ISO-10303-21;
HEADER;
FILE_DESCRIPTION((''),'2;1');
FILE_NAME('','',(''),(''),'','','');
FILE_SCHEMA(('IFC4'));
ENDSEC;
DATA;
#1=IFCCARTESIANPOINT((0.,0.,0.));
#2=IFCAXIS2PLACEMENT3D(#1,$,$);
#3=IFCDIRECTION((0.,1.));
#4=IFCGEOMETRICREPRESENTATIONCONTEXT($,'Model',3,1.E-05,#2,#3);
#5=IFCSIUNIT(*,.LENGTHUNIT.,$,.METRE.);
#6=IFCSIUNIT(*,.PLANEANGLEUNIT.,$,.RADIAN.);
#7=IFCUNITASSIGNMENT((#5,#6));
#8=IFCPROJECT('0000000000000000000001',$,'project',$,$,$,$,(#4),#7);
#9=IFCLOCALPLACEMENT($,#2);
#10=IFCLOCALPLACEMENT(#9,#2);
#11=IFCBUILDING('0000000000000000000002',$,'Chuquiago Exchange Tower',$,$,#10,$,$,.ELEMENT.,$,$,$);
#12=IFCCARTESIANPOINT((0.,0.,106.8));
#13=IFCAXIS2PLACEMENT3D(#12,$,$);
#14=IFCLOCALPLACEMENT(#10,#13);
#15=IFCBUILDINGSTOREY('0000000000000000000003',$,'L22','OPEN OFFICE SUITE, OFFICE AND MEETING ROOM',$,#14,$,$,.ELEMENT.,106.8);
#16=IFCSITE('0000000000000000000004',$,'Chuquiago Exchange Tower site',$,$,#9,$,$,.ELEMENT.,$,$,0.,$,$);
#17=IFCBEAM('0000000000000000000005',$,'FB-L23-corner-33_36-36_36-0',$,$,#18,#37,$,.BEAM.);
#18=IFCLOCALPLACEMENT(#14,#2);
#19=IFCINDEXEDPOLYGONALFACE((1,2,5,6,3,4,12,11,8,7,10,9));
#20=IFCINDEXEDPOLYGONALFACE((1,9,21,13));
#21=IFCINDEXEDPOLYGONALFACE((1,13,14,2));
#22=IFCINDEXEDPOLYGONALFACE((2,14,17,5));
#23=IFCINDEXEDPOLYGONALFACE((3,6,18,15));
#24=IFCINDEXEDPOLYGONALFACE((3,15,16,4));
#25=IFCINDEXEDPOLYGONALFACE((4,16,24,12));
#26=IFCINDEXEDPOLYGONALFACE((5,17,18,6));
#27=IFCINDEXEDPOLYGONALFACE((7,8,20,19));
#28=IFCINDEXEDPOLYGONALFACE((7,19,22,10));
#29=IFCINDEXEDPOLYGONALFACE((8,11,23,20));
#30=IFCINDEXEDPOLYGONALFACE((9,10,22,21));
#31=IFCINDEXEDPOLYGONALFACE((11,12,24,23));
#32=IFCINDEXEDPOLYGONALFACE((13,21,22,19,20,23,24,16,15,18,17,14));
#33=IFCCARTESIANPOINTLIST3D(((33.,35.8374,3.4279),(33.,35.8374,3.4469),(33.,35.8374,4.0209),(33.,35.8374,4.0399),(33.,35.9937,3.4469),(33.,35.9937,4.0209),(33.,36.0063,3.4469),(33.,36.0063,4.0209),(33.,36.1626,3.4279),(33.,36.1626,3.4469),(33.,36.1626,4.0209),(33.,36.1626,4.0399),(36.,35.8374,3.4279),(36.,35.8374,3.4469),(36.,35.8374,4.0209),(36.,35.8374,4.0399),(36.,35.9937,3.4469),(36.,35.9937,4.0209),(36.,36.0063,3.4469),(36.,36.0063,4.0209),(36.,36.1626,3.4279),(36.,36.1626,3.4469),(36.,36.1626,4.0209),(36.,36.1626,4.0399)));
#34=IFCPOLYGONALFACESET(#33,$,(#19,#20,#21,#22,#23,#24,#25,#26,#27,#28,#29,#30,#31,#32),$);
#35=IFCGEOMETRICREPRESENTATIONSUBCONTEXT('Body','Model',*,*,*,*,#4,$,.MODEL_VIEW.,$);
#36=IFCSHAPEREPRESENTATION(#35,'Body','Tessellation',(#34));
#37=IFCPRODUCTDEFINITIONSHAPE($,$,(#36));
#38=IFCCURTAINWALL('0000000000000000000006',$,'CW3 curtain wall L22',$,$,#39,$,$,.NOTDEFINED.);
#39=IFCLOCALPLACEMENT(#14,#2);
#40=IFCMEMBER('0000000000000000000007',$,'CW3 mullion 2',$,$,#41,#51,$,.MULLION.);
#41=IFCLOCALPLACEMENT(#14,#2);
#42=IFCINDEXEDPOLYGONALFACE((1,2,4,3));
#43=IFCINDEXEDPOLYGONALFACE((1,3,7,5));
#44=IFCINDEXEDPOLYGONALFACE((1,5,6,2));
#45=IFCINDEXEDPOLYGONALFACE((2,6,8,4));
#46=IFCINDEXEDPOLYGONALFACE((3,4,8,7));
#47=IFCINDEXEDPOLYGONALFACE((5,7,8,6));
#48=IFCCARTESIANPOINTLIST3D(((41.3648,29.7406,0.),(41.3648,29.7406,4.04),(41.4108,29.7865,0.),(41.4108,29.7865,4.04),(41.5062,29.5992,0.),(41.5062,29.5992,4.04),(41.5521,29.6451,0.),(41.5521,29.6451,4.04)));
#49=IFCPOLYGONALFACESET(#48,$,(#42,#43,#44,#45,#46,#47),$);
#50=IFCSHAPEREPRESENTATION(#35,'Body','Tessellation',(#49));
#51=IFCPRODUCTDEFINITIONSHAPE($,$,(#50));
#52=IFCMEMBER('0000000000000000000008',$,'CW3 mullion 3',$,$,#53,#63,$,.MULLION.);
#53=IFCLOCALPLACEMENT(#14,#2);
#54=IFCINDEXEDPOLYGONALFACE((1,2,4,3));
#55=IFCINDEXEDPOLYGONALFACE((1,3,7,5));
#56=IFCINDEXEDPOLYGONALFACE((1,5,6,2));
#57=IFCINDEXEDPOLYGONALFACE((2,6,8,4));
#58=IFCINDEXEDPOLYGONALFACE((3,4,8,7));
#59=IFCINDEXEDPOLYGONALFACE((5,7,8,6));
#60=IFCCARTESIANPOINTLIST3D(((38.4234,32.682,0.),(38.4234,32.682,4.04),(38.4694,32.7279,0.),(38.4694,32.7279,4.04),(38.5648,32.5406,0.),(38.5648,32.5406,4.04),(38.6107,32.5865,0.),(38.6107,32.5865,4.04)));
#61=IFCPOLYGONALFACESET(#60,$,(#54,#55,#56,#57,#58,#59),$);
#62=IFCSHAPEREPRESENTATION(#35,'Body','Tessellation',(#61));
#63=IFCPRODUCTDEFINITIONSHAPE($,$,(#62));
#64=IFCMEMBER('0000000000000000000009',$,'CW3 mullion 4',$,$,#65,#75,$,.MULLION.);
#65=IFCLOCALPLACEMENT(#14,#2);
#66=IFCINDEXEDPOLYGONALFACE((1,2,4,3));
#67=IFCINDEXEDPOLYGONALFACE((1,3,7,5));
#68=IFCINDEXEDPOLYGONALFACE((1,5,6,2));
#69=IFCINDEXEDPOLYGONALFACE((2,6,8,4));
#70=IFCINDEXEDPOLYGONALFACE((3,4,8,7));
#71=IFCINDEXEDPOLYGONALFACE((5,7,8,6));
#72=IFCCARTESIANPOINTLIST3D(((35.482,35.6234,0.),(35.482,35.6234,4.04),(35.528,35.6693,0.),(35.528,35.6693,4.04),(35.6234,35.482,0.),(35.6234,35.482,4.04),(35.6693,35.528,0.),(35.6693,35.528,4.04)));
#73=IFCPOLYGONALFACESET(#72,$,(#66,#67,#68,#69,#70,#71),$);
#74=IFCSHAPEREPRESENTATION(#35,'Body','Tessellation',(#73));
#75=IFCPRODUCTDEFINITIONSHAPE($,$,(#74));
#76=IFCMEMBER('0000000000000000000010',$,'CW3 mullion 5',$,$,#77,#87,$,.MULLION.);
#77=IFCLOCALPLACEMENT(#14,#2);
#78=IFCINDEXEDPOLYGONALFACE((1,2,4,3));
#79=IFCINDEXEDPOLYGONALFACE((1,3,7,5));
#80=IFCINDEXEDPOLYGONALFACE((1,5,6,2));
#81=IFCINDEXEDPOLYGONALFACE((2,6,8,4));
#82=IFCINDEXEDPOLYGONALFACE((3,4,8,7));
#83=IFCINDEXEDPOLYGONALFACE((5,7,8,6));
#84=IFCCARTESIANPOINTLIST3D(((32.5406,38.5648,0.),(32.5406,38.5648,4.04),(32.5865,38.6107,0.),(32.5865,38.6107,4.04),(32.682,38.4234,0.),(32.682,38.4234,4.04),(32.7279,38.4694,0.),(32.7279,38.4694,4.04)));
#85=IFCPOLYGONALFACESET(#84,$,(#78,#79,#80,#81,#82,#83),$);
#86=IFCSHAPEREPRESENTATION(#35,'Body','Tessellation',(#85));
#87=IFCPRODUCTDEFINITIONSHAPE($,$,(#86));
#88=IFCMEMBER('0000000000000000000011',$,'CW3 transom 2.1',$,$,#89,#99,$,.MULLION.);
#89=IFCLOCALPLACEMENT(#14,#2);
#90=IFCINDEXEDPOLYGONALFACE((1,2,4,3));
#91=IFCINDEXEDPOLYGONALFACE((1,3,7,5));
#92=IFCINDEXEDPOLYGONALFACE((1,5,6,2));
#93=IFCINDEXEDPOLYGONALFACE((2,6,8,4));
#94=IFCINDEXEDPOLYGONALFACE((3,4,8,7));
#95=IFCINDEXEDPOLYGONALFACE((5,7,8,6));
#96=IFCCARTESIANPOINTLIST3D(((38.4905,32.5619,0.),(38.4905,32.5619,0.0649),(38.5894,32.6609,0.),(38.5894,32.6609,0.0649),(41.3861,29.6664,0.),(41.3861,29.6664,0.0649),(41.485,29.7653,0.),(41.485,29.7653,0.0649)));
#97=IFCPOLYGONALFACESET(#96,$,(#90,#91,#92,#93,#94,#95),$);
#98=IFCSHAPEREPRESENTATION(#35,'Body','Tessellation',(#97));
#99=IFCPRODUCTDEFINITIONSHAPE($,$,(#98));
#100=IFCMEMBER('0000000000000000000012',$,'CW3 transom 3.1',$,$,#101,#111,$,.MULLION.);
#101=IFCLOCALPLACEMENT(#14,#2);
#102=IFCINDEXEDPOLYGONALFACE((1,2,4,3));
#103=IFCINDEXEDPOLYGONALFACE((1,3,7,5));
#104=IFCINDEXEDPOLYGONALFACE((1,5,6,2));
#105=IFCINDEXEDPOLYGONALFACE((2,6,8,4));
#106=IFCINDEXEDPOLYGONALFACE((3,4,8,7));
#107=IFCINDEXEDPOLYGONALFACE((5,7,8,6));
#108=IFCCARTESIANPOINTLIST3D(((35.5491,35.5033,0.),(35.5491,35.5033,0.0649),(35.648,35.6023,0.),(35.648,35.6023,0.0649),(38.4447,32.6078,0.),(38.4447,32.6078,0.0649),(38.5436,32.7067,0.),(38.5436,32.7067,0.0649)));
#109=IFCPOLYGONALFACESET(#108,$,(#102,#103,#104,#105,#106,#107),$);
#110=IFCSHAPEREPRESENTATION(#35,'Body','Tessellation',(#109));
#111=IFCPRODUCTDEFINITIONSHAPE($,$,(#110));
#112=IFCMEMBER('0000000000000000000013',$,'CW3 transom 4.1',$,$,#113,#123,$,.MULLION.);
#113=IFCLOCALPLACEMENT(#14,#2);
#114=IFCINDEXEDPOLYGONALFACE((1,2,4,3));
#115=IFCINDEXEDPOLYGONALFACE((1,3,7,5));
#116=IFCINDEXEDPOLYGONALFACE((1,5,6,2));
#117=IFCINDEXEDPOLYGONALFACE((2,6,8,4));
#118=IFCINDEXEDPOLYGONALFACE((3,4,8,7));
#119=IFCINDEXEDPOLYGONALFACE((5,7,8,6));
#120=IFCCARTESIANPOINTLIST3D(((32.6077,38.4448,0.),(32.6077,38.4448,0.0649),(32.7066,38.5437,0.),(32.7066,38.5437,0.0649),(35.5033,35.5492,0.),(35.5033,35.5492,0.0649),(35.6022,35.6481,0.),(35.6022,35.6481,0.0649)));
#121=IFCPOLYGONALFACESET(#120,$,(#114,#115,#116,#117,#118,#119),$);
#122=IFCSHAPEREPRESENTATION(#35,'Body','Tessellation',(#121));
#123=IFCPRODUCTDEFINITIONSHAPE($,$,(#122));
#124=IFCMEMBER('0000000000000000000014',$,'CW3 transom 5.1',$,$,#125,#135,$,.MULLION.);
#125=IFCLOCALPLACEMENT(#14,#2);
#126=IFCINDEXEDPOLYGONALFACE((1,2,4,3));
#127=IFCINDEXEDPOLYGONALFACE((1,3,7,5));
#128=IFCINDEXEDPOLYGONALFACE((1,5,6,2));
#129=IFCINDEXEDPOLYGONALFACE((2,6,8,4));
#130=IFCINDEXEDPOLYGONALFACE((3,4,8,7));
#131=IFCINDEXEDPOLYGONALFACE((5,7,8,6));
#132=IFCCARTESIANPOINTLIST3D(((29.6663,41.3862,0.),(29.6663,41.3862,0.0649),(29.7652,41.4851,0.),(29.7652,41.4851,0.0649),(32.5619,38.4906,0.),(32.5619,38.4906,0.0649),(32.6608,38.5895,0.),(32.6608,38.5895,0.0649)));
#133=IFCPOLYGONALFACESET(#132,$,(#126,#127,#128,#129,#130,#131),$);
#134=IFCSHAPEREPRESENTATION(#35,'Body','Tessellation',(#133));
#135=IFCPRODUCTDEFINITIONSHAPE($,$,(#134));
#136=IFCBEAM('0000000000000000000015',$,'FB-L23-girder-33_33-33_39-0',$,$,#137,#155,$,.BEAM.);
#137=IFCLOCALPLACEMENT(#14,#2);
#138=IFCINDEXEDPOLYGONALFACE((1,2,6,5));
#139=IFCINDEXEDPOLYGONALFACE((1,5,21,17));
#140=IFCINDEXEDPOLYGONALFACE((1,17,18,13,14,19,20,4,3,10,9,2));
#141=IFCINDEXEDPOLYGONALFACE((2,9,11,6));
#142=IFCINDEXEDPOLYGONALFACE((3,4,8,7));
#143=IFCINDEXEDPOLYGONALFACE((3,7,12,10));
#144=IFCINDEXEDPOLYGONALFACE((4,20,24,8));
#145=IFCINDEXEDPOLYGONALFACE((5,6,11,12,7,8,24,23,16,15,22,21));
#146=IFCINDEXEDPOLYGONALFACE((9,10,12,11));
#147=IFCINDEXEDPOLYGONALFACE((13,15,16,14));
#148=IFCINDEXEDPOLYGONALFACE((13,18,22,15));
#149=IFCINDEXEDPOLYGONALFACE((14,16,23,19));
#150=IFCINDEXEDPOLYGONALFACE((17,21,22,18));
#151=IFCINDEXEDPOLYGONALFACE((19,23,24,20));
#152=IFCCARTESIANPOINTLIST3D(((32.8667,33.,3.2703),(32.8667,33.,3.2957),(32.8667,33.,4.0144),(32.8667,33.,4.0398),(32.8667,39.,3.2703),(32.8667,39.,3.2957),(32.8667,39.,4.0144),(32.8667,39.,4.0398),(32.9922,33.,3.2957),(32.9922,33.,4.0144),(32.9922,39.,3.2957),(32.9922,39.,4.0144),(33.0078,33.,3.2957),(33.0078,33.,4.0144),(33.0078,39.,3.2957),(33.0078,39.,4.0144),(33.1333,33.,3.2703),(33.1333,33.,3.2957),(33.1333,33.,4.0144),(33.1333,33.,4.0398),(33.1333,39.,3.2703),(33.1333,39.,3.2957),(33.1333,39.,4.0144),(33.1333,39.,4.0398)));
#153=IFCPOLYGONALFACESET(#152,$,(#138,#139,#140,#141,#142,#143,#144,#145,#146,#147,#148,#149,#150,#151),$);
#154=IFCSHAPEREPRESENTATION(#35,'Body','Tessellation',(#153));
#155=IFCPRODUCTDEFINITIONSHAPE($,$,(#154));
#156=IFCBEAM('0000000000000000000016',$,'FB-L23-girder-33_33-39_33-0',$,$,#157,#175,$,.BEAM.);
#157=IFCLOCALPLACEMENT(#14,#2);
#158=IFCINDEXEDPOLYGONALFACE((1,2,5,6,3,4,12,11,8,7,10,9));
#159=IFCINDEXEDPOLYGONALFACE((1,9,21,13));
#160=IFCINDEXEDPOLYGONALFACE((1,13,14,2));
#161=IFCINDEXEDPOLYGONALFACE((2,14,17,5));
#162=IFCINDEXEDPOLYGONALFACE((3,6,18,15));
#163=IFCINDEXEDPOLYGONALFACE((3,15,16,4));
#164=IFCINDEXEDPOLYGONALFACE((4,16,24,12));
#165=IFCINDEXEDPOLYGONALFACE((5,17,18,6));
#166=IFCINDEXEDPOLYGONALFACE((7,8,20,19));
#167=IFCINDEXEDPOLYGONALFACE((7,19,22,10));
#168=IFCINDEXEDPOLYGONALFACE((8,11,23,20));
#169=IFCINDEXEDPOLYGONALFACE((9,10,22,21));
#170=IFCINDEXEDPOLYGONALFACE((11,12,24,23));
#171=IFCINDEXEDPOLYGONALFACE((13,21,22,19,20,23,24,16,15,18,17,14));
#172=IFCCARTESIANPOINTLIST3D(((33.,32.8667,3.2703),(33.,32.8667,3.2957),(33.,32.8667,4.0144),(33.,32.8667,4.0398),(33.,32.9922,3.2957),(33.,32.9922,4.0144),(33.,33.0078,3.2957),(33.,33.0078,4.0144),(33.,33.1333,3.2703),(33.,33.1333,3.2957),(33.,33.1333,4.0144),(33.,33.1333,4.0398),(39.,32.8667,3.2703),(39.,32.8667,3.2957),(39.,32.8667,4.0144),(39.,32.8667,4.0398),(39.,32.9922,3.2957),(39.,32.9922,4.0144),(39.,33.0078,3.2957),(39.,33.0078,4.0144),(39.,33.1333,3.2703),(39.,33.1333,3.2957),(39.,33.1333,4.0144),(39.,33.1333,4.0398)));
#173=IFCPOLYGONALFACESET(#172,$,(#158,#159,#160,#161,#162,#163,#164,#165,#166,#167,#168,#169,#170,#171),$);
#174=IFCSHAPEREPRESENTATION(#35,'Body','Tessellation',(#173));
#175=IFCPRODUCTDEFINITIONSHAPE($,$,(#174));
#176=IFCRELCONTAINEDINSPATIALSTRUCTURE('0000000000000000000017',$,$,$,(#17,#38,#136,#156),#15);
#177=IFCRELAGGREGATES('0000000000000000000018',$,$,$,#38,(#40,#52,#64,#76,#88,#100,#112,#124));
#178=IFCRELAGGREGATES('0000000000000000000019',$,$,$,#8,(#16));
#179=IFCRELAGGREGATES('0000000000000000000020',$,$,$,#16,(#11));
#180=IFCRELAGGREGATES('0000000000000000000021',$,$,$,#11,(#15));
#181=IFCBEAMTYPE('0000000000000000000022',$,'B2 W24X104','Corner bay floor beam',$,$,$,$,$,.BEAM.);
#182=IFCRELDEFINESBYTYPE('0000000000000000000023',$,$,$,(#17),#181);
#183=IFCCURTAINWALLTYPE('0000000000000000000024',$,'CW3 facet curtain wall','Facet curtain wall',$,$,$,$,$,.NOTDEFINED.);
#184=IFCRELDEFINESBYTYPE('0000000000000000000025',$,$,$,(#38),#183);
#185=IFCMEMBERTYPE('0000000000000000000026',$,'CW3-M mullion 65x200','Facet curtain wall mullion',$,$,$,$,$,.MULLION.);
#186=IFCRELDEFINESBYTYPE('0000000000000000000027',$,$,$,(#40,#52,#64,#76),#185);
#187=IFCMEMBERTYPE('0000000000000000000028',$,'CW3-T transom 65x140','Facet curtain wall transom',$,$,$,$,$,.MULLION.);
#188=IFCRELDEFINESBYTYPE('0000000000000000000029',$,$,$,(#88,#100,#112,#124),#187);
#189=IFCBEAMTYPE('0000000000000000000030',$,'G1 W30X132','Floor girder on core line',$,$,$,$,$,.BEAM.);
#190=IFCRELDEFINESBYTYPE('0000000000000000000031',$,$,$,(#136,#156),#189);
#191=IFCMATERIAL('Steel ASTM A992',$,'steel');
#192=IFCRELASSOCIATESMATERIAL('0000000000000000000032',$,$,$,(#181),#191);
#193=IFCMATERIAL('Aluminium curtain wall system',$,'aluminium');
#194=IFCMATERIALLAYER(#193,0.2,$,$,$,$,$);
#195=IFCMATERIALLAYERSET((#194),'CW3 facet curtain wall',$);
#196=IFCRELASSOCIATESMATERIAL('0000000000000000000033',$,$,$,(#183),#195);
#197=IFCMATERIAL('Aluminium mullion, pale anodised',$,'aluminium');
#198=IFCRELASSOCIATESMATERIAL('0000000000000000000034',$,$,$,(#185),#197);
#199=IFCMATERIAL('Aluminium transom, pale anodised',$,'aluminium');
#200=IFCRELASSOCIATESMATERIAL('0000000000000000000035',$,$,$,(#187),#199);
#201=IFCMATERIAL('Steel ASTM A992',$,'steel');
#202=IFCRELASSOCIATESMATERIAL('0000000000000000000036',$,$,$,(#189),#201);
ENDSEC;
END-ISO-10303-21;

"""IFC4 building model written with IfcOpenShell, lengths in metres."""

from ifc_helpers import new_model, si_unit, direction, frame, origin, origin_2d, place, context, subcontext, project, spatial, rectangle, i_section, extrude, material, layer, layer_set, material_profile, profile_set, type_object, element, aggregate, save


model = new_model("IFC4")

# Units and contexts
model_context = context("Model", 3, precision=1e-05, world=origin(), true_north=direction((0.0, 1.0)))
body_context = subcontext(model_context, "Body", "Model", "MODEL_VIEW")
ifc_project = project(units=[si_unit("LENGTHUNIT", "METRE"), si_unit("PLANEANGLEUNIT", "RADIAN")], contexts=[model_context])

# Site, building, storey
site_placement = place(None, origin())
site = spatial("IfcSite", under=ifc_project, at=site_placement, Name="Chuquiago Exchange Tower site", CompositionType="ELEMENT", RefElevation=0.0)
building_placement = place(site_placement, origin())
building = spatial("IfcBuilding", under=site, at=building_placement, Name="Chuquiago Exchange Tower", CompositionType="ELEMENT")
storey_placement = place(building_placement, frame((0.0, 0.0, 106.8)))
storey = spatial("IfcBuildingStorey", under=building, at=storey_placement, Name="L22", Description="OPEN OFFICE SUITE, OFFICE AND MEETING ROOM", CompositionType="ELEMENT", Elevation=106.8)

# Beam
ifc_material_1 = material(Name="Steel ASTM A992", Category="steel")
ifc_material_profile_1 = material_profile(ifc_material_1, i_section(OverallWidth=0.3252, OverallDepth=0.6121, WebThickness=0.0127, FlangeThickness=0.019, at=origin_2d()), Name="W24X104")
ifc_profile_set_1 = profile_set([ifc_material_profile_1], Name="Steel ASTM A992")
beam_type_1 = type_object("IfcBeamType", Name="B2 W24X104", Description="Corner bay floor beam", PredefinedType="BEAM", material=ifc_profile_set_1)
beam_1_placement = place(storey_placement, frame((33.0, 36.0, 3.7339), z_axis=(1.0, 0.0, 0.0), x_axis=(0.0, 1.0, 0.0)))
element("IfcBeam", 1, at=beam_1_placement, inside=storey, type_object=beam_type_1, Name="FB-L23-corner-33_36-36_36-0", PredefinedType="BEAM", context=body_context, shape_type="SweptSolid", body=[
    extrude(i_section(OverallWidth=0.3252, OverallDepth=0.6121, WebThickness=0.0127, FlangeThickness=0.019, at=origin_2d()), origin(), (0.0, 0.0, 1.0), 3.0),
])

# Curtain wall, members
ifc_material_2 = material(Name="Aluminium curtain wall system", Category="aluminium")
ifc_layer_1 = layer(ifc_material_2, 0.2)
ifc_layer_set_1 = layer_set([ifc_layer_1], Name="CW3 facet curtain wall")
curtain_wall_type = type_object("IfcCurtainWallType", Name="CW3 facet curtain wall", Description="Facet curtain wall", PredefinedType="NOTDEFINED", material=ifc_layer_set_1)
curtain_wall_placement = place(storey_placement, origin())
curtain_wall = element("IfcCurtainWall", 2, at=curtain_wall_placement, inside=storey, type_object=curtain_wall_type, Name="CW3 curtain wall L22", PredefinedType="NOTDEFINED")
ifc_material_3 = material(Name="Aluminium mullion, pale anodised", Category="aluminium")
ifc_material_profile_2 = material_profile(ifc_material_3, rectangle(XDim=0.0649, YDim=0.2, at=origin_2d()), Name="AL 65x200")
ifc_profile_set_2 = profile_set([ifc_material_profile_2], Name="Aluminium mullion, pale anodised")
member_type_1 = type_object("IfcMemberType", Name="CW3-M mullion 65x200", Description="Facet curtain wall mullion", PredefinedType="MULLION", material=ifc_profile_set_2)
member_1_placement = place(storey_placement, frame((41.4585, 29.6929, 0.0), z_axis=(0.0, 0.0, 1.0), x_axis=(-0.707107, -0.707107, 0.0)))
member_1 = element("IfcMember", 3, at=member_1_placement, type_object=member_type_1, Name="CW3 mullion 2", PredefinedType="MULLION", context=body_context, shape_type="SweptSolid", body=[
    extrude(rectangle(XDim=0.0649, YDim=0.2, at=origin_2d()), origin(), (0.0, 0.0, 1.0), 4.04),
])
member_2_placement = place(storey_placement, frame((38.5171, 32.6343, 0.0), z_axis=(0.0, 0.0, 1.0), x_axis=(-0.707107, -0.707107, 0.0)))
member_2 = element("IfcMember", 4, at=member_2_placement, type_object=member_type_1, Name="CW3 mullion 3", PredefinedType="MULLION", context=body_context, shape_type="SweptSolid", body=[
    extrude(rectangle(XDim=0.0649, YDim=0.2, at=origin_2d()), origin(), (0.0, 0.0, 1.0), 4.04),
])
member_3_placement = place(storey_placement, frame((35.5757, 35.5757, 0.0), z_axis=(0.0, 0.0, 1.0), x_axis=(-0.707107, -0.707107, 0.0)))
member_3 = element("IfcMember", 5, at=member_3_placement, type_object=member_type_1, Name="CW3 mullion 4", PredefinedType="MULLION", context=body_context, shape_type="SweptSolid", body=[
    extrude(rectangle(XDim=0.0649, YDim=0.2, at=origin_2d()), origin(), (0.0, 0.0, 1.0), 4.04),
])
member_4_placement = place(storey_placement, frame((32.6343, 38.5171, 0.0), z_axis=(0.0, 0.0, 1.0), x_axis=(-0.707107, -0.707107, 0.0)))
member_4 = element("IfcMember", 6, at=member_4_placement, type_object=member_type_1, Name="CW3 mullion 5", PredefinedType="MULLION", context=body_context, shape_type="SweptSolid", body=[
    extrude(rectangle(XDim=0.0649, YDim=0.2, at=origin_2d()), origin(), (0.0, 0.0, 1.0), 4.04),
])
ifc_material_4 = material(Name="Aluminium transom, pale anodised", Category="aluminium")
ifc_material_profile_3 = material_profile(ifc_material_4, rectangle(XDim=0.1399, YDim=0.0649, at=origin_2d()), Name="AL 140x65")
ifc_profile_set_3 = profile_set([ifc_material_profile_3], Name="Aluminium transom, pale anodised")
member_type_2 = type_object("IfcMemberType", Name="CW3-T transom 65x140", Description="Facet curtain wall transom", PredefinedType="MULLION", material=ifc_profile_set_3)
member_5_placement = place(storey_placement, frame((41.4355, 29.7158, 0.0325), z_axis=(-0.707107, 0.707107, 0.0), x_axis=(-0.707107, -0.707107, 0.0)))
member_5 = element("IfcMember", 7, at=member_5_placement, type_object=member_type_2, Name="CW3 transom 2.1", PredefinedType="MULLION", context=body_context, shape_type="SweptSolid", body=[
    extrude(rectangle(XDim=0.1399, YDim=0.0649, at=origin_2d()), origin(), (0.0, 0.0, 1.0), 4.095),
])
member_6_placement = place(storey_placement, frame((38.4941, 32.6572, 0.0325), z_axis=(-0.707107, 0.707107, 0.0), x_axis=(-0.707107, -0.707107, 0.0)))
member_6 = element("IfcMember", 8, at=member_6_placement, type_object=member_type_2, Name="CW3 transom 3.1", PredefinedType="MULLION", context=body_context, shape_type="SweptSolid", body=[
    extrude(rectangle(XDim=0.1399, YDim=0.0649, at=origin_2d()), origin(), (0.0, 0.0, 1.0), 4.095),
])
member_7_placement = place(storey_placement, frame((35.5527, 35.5986, 0.0325), z_axis=(-0.707107, 0.707107, 0.0), x_axis=(-0.707107, -0.707107, 0.0)))
member_7 = element("IfcMember", 9, at=member_7_placement, type_object=member_type_2, Name="CW3 transom 4.1", PredefinedType="MULLION", context=body_context, shape_type="SweptSolid", body=[
    extrude(rectangle(XDim=0.1399, YDim=0.0649, at=origin_2d()), origin(), (0.0, 0.0, 1.0), 4.095),
])
member_8_placement = place(storey_placement, frame((32.6113, 38.54, 0.0325), z_axis=(-0.707107, 0.707107, 0.0), x_axis=(-0.707107, -0.707107, 0.0)))
member_8 = element("IfcMember", 10, at=member_8_placement, type_object=member_type_2, Name="CW3 transom 5.1", PredefinedType="MULLION", context=body_context, shape_type="SweptSolid", body=[
    extrude(rectangle(XDim=0.1399, YDim=0.0649, at=origin_2d()), origin(), (0.0, 0.0, 1.0), 4.095),
])

# Beams
ifc_material_5 = material(Name="Steel ASTM A992", Category="steel")
ifc_material_profile_4 = material_profile(ifc_material_5, i_section(OverallWidth=0.2666, OverallDepth=0.7695, WebThickness=0.0156, FlangeThickness=0.0254, at=origin_2d()), Name="W30X132")
ifc_profile_set_4 = profile_set([ifc_material_profile_4], Name="Steel ASTM A992")
beam_type_2 = type_object("IfcBeamType", Name="G1 W30X132", Description="Floor girder on core line", PredefinedType="BEAM", material=ifc_profile_set_4)
for number, where, z_axis, x_axis, name in (
    (11, (33.0, 33.0, 3.655), (0.0, 1.0, 0.0), (-1.0, 0.0, 0.0), "FB-L23-girder-33_33-33_39-0"),
    (12, (33.0, 33.0, 3.655), (1.0, 0.0, 0.0), (0.0, 1.0, 0.0), "FB-L23-girder-33_33-39_33-0"),
):
    element("IfcBeam", number, at=place(storey_placement, frame(where, z_axis=z_axis, x_axis=x_axis)), inside=storey, type_object=beam_type_2, Name=name, PredefinedType="BEAM", context=body_context, shape_type="SweptSolid", body=[
        extrude(i_section(OverallWidth=0.2666, OverallDepth=0.7695, WebThickness=0.0156, FlangeThickness=0.0254, at=origin_2d()), origin(), (0.0, 0.0, 1.0), 6.0),
    ])

aggregate(curtain_wall, [member_1, member_2, member_3, member_4, member_5, member_6, member_7, member_8])

save(model, "model.ifc")
